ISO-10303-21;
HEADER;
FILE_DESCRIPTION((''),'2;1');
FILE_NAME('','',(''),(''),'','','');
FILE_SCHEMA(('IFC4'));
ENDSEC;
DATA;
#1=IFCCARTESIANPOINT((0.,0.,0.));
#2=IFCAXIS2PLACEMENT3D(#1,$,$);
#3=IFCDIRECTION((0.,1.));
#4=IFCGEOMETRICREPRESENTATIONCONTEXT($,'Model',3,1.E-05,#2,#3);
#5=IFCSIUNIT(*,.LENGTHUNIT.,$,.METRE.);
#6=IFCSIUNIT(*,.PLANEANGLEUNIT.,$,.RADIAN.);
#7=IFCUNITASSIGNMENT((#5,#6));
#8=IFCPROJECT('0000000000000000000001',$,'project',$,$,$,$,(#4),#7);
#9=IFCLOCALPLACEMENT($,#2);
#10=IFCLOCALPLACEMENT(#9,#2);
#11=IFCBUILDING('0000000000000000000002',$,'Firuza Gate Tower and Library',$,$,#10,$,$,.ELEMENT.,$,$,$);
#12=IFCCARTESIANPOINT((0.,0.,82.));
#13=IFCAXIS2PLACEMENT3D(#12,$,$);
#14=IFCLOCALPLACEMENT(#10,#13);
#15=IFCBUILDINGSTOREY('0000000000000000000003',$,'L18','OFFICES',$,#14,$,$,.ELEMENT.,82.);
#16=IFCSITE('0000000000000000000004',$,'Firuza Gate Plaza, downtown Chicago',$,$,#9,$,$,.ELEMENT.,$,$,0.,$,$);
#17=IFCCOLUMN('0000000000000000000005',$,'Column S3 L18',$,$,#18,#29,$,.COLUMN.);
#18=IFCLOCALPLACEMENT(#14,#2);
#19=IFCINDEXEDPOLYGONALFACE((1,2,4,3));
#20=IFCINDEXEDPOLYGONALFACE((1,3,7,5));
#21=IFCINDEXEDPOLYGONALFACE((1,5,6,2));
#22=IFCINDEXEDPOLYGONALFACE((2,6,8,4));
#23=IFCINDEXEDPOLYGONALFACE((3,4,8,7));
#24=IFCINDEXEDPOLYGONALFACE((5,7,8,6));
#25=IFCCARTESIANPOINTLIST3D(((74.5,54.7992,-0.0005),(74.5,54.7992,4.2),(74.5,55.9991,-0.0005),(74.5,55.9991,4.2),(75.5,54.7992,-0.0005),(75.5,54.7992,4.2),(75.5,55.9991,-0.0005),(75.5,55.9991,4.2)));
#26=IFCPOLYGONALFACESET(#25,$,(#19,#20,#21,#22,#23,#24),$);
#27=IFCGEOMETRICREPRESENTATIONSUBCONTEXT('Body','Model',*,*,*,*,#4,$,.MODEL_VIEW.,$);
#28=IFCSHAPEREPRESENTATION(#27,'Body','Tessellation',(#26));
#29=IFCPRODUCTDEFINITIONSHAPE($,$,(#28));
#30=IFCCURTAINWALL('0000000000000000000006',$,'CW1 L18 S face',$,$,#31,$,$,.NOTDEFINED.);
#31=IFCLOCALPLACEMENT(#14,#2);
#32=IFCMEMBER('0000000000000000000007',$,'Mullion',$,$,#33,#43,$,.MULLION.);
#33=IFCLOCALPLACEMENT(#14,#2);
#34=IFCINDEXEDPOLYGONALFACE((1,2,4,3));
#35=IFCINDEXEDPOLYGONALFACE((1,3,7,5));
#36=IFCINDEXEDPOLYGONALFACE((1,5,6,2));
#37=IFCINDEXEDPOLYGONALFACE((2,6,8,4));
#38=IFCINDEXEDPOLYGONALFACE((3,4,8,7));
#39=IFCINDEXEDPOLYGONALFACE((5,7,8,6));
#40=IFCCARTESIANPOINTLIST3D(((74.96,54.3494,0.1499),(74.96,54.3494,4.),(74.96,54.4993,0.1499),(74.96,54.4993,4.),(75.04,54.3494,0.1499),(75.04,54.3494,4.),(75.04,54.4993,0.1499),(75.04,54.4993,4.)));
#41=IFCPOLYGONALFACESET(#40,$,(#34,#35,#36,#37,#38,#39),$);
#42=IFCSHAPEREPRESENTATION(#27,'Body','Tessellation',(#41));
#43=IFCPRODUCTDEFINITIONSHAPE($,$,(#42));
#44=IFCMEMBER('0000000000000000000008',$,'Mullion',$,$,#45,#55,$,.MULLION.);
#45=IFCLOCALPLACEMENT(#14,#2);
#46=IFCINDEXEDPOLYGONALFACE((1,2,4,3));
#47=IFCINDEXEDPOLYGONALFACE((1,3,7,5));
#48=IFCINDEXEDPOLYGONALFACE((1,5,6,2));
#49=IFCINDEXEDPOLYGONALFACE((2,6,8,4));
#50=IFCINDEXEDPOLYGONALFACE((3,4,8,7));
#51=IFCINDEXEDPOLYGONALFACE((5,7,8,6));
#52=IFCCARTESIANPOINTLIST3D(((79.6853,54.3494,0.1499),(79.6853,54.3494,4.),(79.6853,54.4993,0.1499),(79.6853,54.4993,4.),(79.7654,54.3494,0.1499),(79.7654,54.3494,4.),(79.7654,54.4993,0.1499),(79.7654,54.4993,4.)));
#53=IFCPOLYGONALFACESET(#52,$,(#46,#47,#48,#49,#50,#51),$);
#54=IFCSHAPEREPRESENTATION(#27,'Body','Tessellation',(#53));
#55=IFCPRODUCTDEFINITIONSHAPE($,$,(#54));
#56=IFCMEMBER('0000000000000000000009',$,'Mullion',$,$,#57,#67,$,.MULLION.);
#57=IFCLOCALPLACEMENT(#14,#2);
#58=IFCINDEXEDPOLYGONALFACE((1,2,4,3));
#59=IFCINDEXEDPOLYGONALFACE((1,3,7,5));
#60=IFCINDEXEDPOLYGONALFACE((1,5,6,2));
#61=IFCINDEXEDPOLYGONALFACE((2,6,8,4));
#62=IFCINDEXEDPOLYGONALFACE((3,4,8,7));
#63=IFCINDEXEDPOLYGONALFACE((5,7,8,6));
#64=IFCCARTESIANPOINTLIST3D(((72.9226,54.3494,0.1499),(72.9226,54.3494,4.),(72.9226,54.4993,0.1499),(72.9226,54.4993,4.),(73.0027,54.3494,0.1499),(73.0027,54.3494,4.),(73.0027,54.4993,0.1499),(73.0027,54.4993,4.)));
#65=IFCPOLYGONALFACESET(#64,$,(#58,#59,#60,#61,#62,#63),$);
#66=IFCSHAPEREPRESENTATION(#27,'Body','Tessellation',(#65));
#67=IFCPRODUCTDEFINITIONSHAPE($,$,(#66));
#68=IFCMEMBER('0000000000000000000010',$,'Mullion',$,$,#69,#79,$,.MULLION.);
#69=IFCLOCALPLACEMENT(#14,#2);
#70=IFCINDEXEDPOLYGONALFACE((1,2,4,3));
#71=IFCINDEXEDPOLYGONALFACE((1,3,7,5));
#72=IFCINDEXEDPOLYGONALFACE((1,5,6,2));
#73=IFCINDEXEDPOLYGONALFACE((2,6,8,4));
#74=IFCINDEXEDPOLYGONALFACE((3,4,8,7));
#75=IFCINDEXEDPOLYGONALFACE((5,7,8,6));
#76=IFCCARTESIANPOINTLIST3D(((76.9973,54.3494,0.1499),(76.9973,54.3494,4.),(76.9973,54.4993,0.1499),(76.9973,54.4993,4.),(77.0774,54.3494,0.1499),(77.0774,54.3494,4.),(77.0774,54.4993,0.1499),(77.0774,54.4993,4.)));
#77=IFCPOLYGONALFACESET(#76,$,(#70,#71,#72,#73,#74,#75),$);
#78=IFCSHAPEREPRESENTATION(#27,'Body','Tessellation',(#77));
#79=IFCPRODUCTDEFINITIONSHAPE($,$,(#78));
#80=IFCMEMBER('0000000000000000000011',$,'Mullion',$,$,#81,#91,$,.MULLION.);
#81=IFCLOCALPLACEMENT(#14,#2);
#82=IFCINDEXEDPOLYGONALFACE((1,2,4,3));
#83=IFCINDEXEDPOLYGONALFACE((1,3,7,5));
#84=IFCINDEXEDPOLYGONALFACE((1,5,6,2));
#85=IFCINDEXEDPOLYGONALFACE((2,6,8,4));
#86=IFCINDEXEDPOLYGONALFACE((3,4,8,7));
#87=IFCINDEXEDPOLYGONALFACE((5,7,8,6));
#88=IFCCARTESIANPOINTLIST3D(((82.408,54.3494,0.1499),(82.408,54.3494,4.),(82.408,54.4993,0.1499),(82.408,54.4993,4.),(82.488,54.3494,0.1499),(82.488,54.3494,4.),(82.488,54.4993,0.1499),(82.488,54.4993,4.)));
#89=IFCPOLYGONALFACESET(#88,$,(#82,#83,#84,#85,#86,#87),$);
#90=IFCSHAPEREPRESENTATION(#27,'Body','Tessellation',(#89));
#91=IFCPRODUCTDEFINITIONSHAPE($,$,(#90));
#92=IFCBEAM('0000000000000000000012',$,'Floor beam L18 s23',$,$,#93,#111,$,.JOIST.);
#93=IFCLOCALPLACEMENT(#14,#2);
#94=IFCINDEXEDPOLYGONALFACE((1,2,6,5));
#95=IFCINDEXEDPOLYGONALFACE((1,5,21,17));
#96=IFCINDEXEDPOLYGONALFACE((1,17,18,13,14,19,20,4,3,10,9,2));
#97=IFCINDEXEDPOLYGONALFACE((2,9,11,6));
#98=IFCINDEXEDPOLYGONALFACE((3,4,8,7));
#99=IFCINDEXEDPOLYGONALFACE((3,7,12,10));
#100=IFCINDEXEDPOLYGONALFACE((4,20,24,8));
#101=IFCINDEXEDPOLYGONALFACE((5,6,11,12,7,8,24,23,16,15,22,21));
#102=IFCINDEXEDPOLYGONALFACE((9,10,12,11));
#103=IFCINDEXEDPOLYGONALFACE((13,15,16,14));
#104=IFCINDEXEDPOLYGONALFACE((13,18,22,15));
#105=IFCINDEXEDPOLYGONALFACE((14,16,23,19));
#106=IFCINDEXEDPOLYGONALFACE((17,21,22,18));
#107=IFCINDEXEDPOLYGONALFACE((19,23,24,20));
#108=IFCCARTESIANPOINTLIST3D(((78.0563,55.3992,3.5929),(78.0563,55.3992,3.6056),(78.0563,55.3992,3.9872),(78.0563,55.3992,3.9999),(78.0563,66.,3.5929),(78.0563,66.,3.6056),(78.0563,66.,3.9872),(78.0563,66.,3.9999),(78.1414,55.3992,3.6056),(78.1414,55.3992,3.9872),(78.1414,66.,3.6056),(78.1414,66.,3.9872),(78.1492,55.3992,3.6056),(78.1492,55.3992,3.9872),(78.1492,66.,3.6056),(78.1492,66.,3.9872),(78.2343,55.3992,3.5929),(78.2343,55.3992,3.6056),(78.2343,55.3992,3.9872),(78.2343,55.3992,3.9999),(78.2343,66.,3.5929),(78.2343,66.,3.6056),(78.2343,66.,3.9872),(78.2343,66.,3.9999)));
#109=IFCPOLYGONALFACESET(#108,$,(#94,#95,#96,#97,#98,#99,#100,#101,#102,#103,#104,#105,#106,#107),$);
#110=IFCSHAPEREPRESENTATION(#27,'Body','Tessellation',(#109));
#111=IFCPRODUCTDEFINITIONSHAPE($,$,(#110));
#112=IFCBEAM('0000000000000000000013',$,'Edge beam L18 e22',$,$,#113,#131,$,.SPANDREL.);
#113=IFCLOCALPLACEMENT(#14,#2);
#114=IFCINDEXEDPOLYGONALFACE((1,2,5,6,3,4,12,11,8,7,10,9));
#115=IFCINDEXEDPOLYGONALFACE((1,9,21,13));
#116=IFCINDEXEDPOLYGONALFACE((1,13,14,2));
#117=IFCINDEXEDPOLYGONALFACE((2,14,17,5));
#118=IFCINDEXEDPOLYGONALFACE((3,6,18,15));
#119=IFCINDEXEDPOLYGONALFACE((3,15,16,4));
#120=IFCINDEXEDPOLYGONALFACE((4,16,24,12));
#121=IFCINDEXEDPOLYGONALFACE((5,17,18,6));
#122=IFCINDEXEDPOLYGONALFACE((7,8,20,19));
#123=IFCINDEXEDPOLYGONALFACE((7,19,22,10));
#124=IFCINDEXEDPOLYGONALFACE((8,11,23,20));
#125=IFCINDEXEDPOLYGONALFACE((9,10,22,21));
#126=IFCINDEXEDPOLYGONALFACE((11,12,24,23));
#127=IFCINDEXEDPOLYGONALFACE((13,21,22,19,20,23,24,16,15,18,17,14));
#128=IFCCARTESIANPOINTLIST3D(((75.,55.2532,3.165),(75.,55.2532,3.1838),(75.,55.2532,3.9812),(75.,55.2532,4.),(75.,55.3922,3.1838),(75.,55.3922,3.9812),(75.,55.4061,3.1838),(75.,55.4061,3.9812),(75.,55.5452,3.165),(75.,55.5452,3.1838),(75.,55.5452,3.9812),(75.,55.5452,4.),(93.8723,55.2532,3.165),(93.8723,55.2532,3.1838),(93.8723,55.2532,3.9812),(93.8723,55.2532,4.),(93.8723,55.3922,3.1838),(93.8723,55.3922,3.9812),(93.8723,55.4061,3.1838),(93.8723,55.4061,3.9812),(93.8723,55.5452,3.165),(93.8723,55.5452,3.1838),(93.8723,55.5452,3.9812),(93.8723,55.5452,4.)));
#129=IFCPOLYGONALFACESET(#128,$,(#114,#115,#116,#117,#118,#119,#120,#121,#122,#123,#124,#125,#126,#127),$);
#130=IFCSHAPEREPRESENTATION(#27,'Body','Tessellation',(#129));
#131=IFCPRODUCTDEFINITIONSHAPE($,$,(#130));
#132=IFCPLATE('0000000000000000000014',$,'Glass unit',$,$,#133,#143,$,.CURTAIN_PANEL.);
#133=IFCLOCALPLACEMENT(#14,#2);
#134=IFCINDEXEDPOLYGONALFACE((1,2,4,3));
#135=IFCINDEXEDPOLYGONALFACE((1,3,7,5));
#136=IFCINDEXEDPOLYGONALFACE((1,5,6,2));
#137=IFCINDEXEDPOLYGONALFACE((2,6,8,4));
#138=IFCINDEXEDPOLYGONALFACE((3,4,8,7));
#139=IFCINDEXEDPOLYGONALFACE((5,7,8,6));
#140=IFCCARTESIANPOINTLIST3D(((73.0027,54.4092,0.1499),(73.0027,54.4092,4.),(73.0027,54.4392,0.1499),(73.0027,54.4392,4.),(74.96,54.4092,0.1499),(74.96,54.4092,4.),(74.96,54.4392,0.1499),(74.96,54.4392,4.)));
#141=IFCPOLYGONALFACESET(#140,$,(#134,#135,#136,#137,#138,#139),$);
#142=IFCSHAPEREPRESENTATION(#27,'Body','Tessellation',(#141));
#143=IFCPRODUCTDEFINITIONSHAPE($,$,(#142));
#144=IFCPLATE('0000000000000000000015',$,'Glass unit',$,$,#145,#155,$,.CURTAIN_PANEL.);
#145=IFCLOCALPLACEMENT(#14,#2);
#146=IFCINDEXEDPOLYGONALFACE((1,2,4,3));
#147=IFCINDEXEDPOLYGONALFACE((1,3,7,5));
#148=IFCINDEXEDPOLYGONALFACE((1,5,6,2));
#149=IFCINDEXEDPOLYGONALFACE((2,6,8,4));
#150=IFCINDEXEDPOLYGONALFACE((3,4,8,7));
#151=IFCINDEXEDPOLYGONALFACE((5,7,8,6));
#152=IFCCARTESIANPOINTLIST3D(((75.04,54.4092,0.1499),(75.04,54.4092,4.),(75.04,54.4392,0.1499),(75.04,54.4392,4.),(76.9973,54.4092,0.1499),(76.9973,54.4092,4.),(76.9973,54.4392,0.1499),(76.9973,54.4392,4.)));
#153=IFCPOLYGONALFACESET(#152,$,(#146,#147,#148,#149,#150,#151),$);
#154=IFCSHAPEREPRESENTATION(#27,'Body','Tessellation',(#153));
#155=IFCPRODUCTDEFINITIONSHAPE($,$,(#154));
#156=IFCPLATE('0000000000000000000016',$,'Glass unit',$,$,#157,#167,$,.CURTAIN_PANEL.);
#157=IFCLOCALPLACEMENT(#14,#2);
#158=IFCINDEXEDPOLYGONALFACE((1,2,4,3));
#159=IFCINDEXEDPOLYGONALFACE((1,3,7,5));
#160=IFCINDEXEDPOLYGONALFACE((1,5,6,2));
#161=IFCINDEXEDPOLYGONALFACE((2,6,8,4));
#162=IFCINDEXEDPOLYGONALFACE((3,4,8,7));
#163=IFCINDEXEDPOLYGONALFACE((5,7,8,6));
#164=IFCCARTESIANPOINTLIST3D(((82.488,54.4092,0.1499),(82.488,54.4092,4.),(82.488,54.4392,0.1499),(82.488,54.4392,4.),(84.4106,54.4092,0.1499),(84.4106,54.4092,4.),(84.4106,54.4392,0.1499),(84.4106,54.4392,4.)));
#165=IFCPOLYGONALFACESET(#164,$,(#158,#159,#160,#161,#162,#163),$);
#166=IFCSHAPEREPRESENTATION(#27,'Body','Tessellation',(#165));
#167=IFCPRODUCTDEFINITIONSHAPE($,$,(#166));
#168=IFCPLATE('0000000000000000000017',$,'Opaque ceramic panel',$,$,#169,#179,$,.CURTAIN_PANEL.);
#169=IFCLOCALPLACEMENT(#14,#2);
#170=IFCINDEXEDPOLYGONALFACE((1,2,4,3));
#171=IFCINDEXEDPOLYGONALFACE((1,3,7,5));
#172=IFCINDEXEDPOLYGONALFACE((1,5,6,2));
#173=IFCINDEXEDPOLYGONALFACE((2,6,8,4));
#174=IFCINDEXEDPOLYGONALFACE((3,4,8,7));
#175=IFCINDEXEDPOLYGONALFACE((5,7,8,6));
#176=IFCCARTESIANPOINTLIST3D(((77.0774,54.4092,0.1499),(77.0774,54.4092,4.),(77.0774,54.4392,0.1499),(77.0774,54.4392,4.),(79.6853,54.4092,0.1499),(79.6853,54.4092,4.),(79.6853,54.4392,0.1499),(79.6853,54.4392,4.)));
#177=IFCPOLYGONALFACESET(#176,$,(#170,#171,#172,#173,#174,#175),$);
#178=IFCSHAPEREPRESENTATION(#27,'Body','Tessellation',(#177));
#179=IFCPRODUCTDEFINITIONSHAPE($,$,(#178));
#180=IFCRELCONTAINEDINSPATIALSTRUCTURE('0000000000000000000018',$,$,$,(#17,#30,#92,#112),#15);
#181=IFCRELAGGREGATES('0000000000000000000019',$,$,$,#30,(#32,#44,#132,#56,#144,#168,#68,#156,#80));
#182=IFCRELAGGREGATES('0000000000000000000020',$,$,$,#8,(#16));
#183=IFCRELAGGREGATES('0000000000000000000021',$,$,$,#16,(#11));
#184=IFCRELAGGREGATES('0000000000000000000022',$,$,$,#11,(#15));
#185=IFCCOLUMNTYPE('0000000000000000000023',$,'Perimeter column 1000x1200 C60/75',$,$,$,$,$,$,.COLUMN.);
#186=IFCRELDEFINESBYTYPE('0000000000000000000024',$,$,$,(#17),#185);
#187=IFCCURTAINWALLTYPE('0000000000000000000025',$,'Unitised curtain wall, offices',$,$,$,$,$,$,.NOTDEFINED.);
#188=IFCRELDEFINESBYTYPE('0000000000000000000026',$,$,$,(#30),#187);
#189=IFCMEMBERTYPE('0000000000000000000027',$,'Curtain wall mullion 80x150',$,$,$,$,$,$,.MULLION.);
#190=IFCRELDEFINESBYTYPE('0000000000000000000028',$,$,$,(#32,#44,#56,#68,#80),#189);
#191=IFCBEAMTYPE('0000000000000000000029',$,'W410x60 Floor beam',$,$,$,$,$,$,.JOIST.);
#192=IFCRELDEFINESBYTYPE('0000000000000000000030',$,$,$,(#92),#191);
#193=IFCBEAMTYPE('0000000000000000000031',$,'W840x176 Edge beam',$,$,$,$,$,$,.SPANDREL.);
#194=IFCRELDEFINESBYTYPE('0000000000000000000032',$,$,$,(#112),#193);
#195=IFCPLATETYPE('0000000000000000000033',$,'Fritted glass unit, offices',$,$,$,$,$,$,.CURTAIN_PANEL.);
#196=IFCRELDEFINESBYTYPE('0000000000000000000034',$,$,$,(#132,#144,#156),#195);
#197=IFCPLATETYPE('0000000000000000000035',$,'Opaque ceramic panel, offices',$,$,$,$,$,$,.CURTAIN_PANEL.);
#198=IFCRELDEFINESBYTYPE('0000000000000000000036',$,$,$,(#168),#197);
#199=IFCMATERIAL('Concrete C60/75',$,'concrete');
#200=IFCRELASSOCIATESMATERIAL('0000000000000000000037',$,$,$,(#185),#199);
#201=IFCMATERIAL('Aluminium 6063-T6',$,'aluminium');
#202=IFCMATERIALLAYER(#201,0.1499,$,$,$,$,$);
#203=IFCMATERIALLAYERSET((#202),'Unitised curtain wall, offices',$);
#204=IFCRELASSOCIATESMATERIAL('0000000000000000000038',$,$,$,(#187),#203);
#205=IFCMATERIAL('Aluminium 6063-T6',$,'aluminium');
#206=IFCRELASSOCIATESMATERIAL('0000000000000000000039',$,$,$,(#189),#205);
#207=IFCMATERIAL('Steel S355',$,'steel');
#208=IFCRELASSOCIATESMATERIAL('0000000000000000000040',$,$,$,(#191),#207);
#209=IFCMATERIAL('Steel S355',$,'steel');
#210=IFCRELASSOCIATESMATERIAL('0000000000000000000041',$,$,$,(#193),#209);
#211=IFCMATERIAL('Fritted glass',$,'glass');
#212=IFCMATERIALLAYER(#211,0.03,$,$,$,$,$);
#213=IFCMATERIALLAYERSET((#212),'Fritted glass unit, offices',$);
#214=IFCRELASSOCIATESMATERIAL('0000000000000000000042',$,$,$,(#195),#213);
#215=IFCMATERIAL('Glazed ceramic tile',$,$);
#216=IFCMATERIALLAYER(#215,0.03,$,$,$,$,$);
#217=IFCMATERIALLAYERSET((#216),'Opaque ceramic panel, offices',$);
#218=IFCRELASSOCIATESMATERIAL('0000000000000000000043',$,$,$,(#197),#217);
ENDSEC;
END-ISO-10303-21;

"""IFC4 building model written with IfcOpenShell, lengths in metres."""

from ifc_helpers import new_model, si_unit, direction, frame, origin, origin_2d, place, context, subcontext, project, spatial, polyline, rectangle, i_section, outline, extrude, material, layer, layer_set, material_profile, profile_set, type_object, element, aggregate, save


model = new_model("IFC4")

# Units and contexts
model_context = context("Model", 3, precision=1e-05, world=origin(), true_north=direction((0.0, 1.0)))
body_context = subcontext(model_context, "Body", "Model", "MODEL_VIEW")
ifc_project = project(units=[si_unit("LENGTHUNIT", "METRE"), si_unit("PLANEANGLEUNIT", "RADIAN")], contexts=[model_context])

# Site, building, storey
site_placement = place(None, origin())
site = spatial("IfcSite", under=ifc_project, at=site_placement, Name="Firuza Gate Plaza, downtown Chicago", CompositionType="ELEMENT", RefElevation=0.0)
building_placement = place(site_placement, origin())
building = spatial("IfcBuilding", under=site, at=building_placement, Name="Firuza Gate Tower and Library", CompositionType="ELEMENT")
storey_placement = place(building_placement, frame((0.0, 0.0, 82.0)))
storey = spatial("IfcBuildingStorey", under=building, at=storey_placement, Name="L18", Description="OFFICES", CompositionType="ELEMENT", Elevation=82.0)

# Column
ifc_material_1 = material(Name="Concrete C60/75", Category="concrete")
ifc_material_profile_1 = material_profile(ifc_material_1, rectangle(XDim=1.0, YDim=1.2, at=origin_2d()))
ifc_profile_set_1 = profile_set([ifc_material_profile_1], Name="Concrete C60/75")
column_type = type_object("IfcColumnType", Name="Perimeter column 1000x1200 C60/75", PredefinedType="COLUMN", material=ifc_profile_set_1)
column_placement = place(storey_placement, frame((75.0, 55.3992, -0.0005), z_axis=(0.0, 0.0, 1.0), x_axis=(1.0, 0.0, 0.0)))
element("IfcColumn", 1, at=column_placement, inside=storey, type_object=column_type, Name="Column S3 L18", PredefinedType="COLUMN", context=body_context, shape_type="SweptSolid", body=[
    extrude(rectangle(XDim=1.0, YDim=1.2, at=origin_2d()), origin(), (0.0, 0.0, 1.0), 4.2004),
])

# Curtain wall, members
ifc_material_2 = material(Name="Aluminium 6063-T6", Category="aluminium")
ifc_layer_1 = layer(ifc_material_2, 0.1499)
ifc_layer_set_1 = layer_set([ifc_layer_1], Name="Unitised curtain wall, offices")
curtain_wall_type = type_object("IfcCurtainWallType", Name="Unitised curtain wall, offices", PredefinedType="NOTDEFINED", material=ifc_layer_set_1)
curtain_wall_placement = place(storey_placement, origin())
curtain_wall = element("IfcCurtainWall", 2, at=curtain_wall_placement, inside=storey, type_object=curtain_wall_type, Name="CW1 L18 S face", PredefinedType="NOTDEFINED")
ifc_material_3 = material(Name="Aluminium 6063-T6", Category="aluminium")
ifc_material_profile_2 = material_profile(ifc_material_3, rectangle(XDim=0.1499, YDim=0.0801, at=origin_2d()))
ifc_profile_set_2 = profile_set([ifc_material_profile_2], Name="Aluminium 6063-T6")
member_type = type_object("IfcMemberType", Name="Curtain wall mullion 80x150", PredefinedType="MULLION", material=ifc_profile_set_2)
member_1_placement = place(storey_placement, frame((75.0, 54.4243, 0.1499), z_axis=(0.0, 0.0, 1.0), x_axis=(0.0, 1.0, 0.0)))
member_1 = element("IfcMember", 3, at=member_1_placement, type_object=member_type, Name="Mullion", PredefinedType="MULLION", context=body_context, shape_type="SweptSolid", body=[
    extrude(rectangle(XDim=0.1499, YDim=0.0801, at=origin_2d()), origin(), (0.0, 0.0, 1.0), 3.8501),
])
member_2_placement = place(storey_placement, frame((79.7253, 54.4243, 0.1499), z_axis=(0.0, 0.0, 1.0), x_axis=(0.0, 1.0, 0.0)))
member_2 = element("IfcMember", 4, at=member_2_placement, type_object=member_type, Name="Mullion", PredefinedType="MULLION", context=body_context, shape_type="SweptSolid", body=[
    extrude(rectangle(XDim=0.1499, YDim=0.0801, at=origin_2d()), origin(), (0.0, 0.0, 1.0), 3.8501),
])
member_3_placement = place(storey_placement, frame((72.9626, 54.4243, 0.1499), z_axis=(0.0, 0.0, 1.0), x_axis=(0.0, 1.0, 0.0)))
member_3 = element("IfcMember", 5, at=member_3_placement, type_object=member_type, Name="Mullion", PredefinedType="MULLION", context=body_context, shape_type="SweptSolid", body=[
    extrude(rectangle(XDim=0.1499, YDim=0.0801, at=origin_2d()), origin(), (0.0, 0.0, 1.0), 3.8501),
])
member_4_placement = place(storey_placement, frame((77.0374, 54.4243, 0.1499), z_axis=(0.0, 0.0, 1.0), x_axis=(0.0, 1.0, 0.0)))
member_4 = element("IfcMember", 6, at=member_4_placement, type_object=member_type, Name="Mullion", PredefinedType="MULLION", context=body_context, shape_type="SweptSolid", body=[
    extrude(rectangle(XDim=0.1499, YDim=0.0801, at=origin_2d()), origin(), (0.0, 0.0, 1.0), 3.8501),
])
member_5_placement = place(storey_placement, frame((82.448, 54.4243, 0.1499), z_axis=(0.0, 0.0, 1.0), x_axis=(0.0, 1.0, 0.0)))
member_5 = element("IfcMember", 7, at=member_5_placement, type_object=member_type, Name="Mullion", PredefinedType="MULLION", context=body_context, shape_type="SweptSolid", body=[
    extrude(rectangle(XDim=0.1499, YDim=0.0801, at=origin_2d()), origin(), (0.0, 0.0, 1.0), 3.8501),
])

# Beams
ifc_material_4 = material(Name="Steel S355", Category="steel")
ifc_material_profile_3 = material_profile(ifc_material_4, i_section(OverallWidth=0.178, OverallDepth=0.407, WebThickness=0.0078, FlangeThickness=0.0127, at=origin_2d()))
ifc_profile_set_3 = profile_set([ifc_material_profile_3], Name="Steel S355")
beam_type_1 = type_object("IfcBeamType", Name="W410x60 Floor beam", PredefinedType="JOIST", material=ifc_profile_set_3)
beam_1_placement = place(storey_placement, frame((78.1453, 55.3992, 3.7964), z_axis=(0.0, 1.0, 0.0), x_axis=(-1.0, 0.0, 0.0)))
element("IfcBeam", 8, at=beam_1_placement, inside=storey, type_object=beam_type_1, Name="Floor beam L18 s23", PredefinedType="JOIST", context=body_context, shape_type="SweptSolid", body=[
    extrude(i_section(OverallWidth=0.178, OverallDepth=0.407, WebThickness=0.0078, FlangeThickness=0.0127, at=origin_2d()), origin(), (0.0, 0.0, 1.0), 10.6008),
])
ifc_material_5 = material(Name="Steel S355", Category="steel")
ifc_material_profile_4 = material_profile(ifc_material_5, i_section(OverallWidth=0.292, OverallDepth=0.835, WebThickness=0.0139, FlangeThickness=0.0188, at=origin_2d()))
ifc_profile_set_4 = profile_set([ifc_material_profile_4], Name="Steel S355")
beam_type_2 = type_object("IfcBeamType", Name="W840x176 Edge beam", PredefinedType="SPANDREL", material=ifc_profile_set_4)
beam_2_placement = place(storey_placement, frame((75.0, 55.3992, 3.5825), z_axis=(1.0, 0.0, 0.0), x_axis=(0.0, 1.0, 0.0)))
element("IfcBeam", 9, at=beam_2_placement, inside=storey, type_object=beam_type_2, Name="Edge beam L18 e22", PredefinedType="SPANDREL", context=body_context, shape_type="SweptSolid", body=[
    extrude(i_section(OverallWidth=0.292, OverallDepth=0.835, WebThickness=0.0139, FlangeThickness=0.0188, at=origin_2d()), origin(), (0.0, 0.0, 1.0), 18.8723),
])

# Plates
ifc_material_6 = material(Name="Fritted glass", Category="glass")
ifc_layer_2 = layer(ifc_material_6, 0.03)
ifc_layer_set_2 = layer_set([ifc_layer_2], Name="Fritted glass unit, offices")
plate_type_1 = type_object("IfcPlateType", Name="Fritted glass unit, offices", PredefinedType="CURTAIN_PANEL", material=ifc_layer_set_2)
plate_1_placement = place(storey_placement, frame((73.0027, 54.4092, 0.1499), z_axis=(0.0, -1.0, 0.0), x_axis=(1.0, 0.0, 0.0)))
plate_1 = element("IfcPlate", 10, at=plate_1_placement, type_object=plate_type_1, Name="Glass unit", PredefinedType="CURTAIN_PANEL", context=body_context, shape_type="SweptSolid", body=[
    extrude(outline(polyline([(0.0, 0.0), (1.9573, 0.0), (1.9573, 3.8501), (0.0, 3.8501), (0.0, 0.0)])), origin(), (0.0, 0.0, -1.0), 0.03),
])
plate_2_placement = place(storey_placement, frame((75.04, 54.4092, 0.1499), z_axis=(0.0, -1.0, 0.0), x_axis=(1.0, 0.0, 0.0)))
plate_2 = element("IfcPlate", 11, at=plate_2_placement, type_object=plate_type_1, Name="Glass unit", PredefinedType="CURTAIN_PANEL", context=body_context, shape_type="SweptSolid", body=[
    extrude(outline(polyline([(0.0, 0.0), (1.9573, 0.0), (1.9573, 3.8501), (0.0, 3.8501), (0.0, 0.0)])), origin(), (0.0, 0.0, -1.0), 0.03),
])
plate_3_placement = place(storey_placement, frame((82.488, 54.4092, 0.1499), z_axis=(0.0, -1.0, 0.0), x_axis=(1.0, 0.0, 0.0)))
plate_3 = element("IfcPlate", 12, at=plate_3_placement, type_object=plate_type_1, Name="Glass unit", PredefinedType="CURTAIN_PANEL", context=body_context, shape_type="SweptSolid", body=[
    extrude(outline(polyline([(0.0, 0.0), (1.9226, 0.0), (1.9226, 3.8501), (0.0, 3.8501), (0.0, 0.0)])), origin(), (0.0, 0.0, -1.0), 0.03),
])
ifc_material_7 = material(Name="Glazed ceramic tile")
ifc_layer_3 = layer(ifc_material_7, 0.03)
ifc_layer_set_3 = layer_set([ifc_layer_3], Name="Opaque ceramic panel, offices")
plate_type_2 = type_object("IfcPlateType", Name="Opaque ceramic panel, offices", PredefinedType="CURTAIN_PANEL", material=ifc_layer_set_3)
plate_4_placement = place(storey_placement, frame((77.0774, 54.4092, 0.1499), z_axis=(0.0, -1.0, 0.0), x_axis=(1.0, 0.0, 0.0)))
plate_4 = element("IfcPlate", 13, at=plate_4_placement, type_object=plate_type_2, Name="Opaque ceramic panel", PredefinedType="CURTAIN_PANEL", context=body_context, shape_type="SweptSolid", body=[
    extrude(outline(polyline([(0.0, 0.0), (2.6079, 0.0), (2.6079, 3.8501), (0.0, 3.8501), (0.0, 0.0)])), origin(), (0.0, 0.0, -1.0), 0.03),
])
aggregate(curtain_wall, [member_1, member_2, plate_1, member_3, plate_2, plate_4, member_4, plate_3, member_5])

save(model, "model.ifc")
